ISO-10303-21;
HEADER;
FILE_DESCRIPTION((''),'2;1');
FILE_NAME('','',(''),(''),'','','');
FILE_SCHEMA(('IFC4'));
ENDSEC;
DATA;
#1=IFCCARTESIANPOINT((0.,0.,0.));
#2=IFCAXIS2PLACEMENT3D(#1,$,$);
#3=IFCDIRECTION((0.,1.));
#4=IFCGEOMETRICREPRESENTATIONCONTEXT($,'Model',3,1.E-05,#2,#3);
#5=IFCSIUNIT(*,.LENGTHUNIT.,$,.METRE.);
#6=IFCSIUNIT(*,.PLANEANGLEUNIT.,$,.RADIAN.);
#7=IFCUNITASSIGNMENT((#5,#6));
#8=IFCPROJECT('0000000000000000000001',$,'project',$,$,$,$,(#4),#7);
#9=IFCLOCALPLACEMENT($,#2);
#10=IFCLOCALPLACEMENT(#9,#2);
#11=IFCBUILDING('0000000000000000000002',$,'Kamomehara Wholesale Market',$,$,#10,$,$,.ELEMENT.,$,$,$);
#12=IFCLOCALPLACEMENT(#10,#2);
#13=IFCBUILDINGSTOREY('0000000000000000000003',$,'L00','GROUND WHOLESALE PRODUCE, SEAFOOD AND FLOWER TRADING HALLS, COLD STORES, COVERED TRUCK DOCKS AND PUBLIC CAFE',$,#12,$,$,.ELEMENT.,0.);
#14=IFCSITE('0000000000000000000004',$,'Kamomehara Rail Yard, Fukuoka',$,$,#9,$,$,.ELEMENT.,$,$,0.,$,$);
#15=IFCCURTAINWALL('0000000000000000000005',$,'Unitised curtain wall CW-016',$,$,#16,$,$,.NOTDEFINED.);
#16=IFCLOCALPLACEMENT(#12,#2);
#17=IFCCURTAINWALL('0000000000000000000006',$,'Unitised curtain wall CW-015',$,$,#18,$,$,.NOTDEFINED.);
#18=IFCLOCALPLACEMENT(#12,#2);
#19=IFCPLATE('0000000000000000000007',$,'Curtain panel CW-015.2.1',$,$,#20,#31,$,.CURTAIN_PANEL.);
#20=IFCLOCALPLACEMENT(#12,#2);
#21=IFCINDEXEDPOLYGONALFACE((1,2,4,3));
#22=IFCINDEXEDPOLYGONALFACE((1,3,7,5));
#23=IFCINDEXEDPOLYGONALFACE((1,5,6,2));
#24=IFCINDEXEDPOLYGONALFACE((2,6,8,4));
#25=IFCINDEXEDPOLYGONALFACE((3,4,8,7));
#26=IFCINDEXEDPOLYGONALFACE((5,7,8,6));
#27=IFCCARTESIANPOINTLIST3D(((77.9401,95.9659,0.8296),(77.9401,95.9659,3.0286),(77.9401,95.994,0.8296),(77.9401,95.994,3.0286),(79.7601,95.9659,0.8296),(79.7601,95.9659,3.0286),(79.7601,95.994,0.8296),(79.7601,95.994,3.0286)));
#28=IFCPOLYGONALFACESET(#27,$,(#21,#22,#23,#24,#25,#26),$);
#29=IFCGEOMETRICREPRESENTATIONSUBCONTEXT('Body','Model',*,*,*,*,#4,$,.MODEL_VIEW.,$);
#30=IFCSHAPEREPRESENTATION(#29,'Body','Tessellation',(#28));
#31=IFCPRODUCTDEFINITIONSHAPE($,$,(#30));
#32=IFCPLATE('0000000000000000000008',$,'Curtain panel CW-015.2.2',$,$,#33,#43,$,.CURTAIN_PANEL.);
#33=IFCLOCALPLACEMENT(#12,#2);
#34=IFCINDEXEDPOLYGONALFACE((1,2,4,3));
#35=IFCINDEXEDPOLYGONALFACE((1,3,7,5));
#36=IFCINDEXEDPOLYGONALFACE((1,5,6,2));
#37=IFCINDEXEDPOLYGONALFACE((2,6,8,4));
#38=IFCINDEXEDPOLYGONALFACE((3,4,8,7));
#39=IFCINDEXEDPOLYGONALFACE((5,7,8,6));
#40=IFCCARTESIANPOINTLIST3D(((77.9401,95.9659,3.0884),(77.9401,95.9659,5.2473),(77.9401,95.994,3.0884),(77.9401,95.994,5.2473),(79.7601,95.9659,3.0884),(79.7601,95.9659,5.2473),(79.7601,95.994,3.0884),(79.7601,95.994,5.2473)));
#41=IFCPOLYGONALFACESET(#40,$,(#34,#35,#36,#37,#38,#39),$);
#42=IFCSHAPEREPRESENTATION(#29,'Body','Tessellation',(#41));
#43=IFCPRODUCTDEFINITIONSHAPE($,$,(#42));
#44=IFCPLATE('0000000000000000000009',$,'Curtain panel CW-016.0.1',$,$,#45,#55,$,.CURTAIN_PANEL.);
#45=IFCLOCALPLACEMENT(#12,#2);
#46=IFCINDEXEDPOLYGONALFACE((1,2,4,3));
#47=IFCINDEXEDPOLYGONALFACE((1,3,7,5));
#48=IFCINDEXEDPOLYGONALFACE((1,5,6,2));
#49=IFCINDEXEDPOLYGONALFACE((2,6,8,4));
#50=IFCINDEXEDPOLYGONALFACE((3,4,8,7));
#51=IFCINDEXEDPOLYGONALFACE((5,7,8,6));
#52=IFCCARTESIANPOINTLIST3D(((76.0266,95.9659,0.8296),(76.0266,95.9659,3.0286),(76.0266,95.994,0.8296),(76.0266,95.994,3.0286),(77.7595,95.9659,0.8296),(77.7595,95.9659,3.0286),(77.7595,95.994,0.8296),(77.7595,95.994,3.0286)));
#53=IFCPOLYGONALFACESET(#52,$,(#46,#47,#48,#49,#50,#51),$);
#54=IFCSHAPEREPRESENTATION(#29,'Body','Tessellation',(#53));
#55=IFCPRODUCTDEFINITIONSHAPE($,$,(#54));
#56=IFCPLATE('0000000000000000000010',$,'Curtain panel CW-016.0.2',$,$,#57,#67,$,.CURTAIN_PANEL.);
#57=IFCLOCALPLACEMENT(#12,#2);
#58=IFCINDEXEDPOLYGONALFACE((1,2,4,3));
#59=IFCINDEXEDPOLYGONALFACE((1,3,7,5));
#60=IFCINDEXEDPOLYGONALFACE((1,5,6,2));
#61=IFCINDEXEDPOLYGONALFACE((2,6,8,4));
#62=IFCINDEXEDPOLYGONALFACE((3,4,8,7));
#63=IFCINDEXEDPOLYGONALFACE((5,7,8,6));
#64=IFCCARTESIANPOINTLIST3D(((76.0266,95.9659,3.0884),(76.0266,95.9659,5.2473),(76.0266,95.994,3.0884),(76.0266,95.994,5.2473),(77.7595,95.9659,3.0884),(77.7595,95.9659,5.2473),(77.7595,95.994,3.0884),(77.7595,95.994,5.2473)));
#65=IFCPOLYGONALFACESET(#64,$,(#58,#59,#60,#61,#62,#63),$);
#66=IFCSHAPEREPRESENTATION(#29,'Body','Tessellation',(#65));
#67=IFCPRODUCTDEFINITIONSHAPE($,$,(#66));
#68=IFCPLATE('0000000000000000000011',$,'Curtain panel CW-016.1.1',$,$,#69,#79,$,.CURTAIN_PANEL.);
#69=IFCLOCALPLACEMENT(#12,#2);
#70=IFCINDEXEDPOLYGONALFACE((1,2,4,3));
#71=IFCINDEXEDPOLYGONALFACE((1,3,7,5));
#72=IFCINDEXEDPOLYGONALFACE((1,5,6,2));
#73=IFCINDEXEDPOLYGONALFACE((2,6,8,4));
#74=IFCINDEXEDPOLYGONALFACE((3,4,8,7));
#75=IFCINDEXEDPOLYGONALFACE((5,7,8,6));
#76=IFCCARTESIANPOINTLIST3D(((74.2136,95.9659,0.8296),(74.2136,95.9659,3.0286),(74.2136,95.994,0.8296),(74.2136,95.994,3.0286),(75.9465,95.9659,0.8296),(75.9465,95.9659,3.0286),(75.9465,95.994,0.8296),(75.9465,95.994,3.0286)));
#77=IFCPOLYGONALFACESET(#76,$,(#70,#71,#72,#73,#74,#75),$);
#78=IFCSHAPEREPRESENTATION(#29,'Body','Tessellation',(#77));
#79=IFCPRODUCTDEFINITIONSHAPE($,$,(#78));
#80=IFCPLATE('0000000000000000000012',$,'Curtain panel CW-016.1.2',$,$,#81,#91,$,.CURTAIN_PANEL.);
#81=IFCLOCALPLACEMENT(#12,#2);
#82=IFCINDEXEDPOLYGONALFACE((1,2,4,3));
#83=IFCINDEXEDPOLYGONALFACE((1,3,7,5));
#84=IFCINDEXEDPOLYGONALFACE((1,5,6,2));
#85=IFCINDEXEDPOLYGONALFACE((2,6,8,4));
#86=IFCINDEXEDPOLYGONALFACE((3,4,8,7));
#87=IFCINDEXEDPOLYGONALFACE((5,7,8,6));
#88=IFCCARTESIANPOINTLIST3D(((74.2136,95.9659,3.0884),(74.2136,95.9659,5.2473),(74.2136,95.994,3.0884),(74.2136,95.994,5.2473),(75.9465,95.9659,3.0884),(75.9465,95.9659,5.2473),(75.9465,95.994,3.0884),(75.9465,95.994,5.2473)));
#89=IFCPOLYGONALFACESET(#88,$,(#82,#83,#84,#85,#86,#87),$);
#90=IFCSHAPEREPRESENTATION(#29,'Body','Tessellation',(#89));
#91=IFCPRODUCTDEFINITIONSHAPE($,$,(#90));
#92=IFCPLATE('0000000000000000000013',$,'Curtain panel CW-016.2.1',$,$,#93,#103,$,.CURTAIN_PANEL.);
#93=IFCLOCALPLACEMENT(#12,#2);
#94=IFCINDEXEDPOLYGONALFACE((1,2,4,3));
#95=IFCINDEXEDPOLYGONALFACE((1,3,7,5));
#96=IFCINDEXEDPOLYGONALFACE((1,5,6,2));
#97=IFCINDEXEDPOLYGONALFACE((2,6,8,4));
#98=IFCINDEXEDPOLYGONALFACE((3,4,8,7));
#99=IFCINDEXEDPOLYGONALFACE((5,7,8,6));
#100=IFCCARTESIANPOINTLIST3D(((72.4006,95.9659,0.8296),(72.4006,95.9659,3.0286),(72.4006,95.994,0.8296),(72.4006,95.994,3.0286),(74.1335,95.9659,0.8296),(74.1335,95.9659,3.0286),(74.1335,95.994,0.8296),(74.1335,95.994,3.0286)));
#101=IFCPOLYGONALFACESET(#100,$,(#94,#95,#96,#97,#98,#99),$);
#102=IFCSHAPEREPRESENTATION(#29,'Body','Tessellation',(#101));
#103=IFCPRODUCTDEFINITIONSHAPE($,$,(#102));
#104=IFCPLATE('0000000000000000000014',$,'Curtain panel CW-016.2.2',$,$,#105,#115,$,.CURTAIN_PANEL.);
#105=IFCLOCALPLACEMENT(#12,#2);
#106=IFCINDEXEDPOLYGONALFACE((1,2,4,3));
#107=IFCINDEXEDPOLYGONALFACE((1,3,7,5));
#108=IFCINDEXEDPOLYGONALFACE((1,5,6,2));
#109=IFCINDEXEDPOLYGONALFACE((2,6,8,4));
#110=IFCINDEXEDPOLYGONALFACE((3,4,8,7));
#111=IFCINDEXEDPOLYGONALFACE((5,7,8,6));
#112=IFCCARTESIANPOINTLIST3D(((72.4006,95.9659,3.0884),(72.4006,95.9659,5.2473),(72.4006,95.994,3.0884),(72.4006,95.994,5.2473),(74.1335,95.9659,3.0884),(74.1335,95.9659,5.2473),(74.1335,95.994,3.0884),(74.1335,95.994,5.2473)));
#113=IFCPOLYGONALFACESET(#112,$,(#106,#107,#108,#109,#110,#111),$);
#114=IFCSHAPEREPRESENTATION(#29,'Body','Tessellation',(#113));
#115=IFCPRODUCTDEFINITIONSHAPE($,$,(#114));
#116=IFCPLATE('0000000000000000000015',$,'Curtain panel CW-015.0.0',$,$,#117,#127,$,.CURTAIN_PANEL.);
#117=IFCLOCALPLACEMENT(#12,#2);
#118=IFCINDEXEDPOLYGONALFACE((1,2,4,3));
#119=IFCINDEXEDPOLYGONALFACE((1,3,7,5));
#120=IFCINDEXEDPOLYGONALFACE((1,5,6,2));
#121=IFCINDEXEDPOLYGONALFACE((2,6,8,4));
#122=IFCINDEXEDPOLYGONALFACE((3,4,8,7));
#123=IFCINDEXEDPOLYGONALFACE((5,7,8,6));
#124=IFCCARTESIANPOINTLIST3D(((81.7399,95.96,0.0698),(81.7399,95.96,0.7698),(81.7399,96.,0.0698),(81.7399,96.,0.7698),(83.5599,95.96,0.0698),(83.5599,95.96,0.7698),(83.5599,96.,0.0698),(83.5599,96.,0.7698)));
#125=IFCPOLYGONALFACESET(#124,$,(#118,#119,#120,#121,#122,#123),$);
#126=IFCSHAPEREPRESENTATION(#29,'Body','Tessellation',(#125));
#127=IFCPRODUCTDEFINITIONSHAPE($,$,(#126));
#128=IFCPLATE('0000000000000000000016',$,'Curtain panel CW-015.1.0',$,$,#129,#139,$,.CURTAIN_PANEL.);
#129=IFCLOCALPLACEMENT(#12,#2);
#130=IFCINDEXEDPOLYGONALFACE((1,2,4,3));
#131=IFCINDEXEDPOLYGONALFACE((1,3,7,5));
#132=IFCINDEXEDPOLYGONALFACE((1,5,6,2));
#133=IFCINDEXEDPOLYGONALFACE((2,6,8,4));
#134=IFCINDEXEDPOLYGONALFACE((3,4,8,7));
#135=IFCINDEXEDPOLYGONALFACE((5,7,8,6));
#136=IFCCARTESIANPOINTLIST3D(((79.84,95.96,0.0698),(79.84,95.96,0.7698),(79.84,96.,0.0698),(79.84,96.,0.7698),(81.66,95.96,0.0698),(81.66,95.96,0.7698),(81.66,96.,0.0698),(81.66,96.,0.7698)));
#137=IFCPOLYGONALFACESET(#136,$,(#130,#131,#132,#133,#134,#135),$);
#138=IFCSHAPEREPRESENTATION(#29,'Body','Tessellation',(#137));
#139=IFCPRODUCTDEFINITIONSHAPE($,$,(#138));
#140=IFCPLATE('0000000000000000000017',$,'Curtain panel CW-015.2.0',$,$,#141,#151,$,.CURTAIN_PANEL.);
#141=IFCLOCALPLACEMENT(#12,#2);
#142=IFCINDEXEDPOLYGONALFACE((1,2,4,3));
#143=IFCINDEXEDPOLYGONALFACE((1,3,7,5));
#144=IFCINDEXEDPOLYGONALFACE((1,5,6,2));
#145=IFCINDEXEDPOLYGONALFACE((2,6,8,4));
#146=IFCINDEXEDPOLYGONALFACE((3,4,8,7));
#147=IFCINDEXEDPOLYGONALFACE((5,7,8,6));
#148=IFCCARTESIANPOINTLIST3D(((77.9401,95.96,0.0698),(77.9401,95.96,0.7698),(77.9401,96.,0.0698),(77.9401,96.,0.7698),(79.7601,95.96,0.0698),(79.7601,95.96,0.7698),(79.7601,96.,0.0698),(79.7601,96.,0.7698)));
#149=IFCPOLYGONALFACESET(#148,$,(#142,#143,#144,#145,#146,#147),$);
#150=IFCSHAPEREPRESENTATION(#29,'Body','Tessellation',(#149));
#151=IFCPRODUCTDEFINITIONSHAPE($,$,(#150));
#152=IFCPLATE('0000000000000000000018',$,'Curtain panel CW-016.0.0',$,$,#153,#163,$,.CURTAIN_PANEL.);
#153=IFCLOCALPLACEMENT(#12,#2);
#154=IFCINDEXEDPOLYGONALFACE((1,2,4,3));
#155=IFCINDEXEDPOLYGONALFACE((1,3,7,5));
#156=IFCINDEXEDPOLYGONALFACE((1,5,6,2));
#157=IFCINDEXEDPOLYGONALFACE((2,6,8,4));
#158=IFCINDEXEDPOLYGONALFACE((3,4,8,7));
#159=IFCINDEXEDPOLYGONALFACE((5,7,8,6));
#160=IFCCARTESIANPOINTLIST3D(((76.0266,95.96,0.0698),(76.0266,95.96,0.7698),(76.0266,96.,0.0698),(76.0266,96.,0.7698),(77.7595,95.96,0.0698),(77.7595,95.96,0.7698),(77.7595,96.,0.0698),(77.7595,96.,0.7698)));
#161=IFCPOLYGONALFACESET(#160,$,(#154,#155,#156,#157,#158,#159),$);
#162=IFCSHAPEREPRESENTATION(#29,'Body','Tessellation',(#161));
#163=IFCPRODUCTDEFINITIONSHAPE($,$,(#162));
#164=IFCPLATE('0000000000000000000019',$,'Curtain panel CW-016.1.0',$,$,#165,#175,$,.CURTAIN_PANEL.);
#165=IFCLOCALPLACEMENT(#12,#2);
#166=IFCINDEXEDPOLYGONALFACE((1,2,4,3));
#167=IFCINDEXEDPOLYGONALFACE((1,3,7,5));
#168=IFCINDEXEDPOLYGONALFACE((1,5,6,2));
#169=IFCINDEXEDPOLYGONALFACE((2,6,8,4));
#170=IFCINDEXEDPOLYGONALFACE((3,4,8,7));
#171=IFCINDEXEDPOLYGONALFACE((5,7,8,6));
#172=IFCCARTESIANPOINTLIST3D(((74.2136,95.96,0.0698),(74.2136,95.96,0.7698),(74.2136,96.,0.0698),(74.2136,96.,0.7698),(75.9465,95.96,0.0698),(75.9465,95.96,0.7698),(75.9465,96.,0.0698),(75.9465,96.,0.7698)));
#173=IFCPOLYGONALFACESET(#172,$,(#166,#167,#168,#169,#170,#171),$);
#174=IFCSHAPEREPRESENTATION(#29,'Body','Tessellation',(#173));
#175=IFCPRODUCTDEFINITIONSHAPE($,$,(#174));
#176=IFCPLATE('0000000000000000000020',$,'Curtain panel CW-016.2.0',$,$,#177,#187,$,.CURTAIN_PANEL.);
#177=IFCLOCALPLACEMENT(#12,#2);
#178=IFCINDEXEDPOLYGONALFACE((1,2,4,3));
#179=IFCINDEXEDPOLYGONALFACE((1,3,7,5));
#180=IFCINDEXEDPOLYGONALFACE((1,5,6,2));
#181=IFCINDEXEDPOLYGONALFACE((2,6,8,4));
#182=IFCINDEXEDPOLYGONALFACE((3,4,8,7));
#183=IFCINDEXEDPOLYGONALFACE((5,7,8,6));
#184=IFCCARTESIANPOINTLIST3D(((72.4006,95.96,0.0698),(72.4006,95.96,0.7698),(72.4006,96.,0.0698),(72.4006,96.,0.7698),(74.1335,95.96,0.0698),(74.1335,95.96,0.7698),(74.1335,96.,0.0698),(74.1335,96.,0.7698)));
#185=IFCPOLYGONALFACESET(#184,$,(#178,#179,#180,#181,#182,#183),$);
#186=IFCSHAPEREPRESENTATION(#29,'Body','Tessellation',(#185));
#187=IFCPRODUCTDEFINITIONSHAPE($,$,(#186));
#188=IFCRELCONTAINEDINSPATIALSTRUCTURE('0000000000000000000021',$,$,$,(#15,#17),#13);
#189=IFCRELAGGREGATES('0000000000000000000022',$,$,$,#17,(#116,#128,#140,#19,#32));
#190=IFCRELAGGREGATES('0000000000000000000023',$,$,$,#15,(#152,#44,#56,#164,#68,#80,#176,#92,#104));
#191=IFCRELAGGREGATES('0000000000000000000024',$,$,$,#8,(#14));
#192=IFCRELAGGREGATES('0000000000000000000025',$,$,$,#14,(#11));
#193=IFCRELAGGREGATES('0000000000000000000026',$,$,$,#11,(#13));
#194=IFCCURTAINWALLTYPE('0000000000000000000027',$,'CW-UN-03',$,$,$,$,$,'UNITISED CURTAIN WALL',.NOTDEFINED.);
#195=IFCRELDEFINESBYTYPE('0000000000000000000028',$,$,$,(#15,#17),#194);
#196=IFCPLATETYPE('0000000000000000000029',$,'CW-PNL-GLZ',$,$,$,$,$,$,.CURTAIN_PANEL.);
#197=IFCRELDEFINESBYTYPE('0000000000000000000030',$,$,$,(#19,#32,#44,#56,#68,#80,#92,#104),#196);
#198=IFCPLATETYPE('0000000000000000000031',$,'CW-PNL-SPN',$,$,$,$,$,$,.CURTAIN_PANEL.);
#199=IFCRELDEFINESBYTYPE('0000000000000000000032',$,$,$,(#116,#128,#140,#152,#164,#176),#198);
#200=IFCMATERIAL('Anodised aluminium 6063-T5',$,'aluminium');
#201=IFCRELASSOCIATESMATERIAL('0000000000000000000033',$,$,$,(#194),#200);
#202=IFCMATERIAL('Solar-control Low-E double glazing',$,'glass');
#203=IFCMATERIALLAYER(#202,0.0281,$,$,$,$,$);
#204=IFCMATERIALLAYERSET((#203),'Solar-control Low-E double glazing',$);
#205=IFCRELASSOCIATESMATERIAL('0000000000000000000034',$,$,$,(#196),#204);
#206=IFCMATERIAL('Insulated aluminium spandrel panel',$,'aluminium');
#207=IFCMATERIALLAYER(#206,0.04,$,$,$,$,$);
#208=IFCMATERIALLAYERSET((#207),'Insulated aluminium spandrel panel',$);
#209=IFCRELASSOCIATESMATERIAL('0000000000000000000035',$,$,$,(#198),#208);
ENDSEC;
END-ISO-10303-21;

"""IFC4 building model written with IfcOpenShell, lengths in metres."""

from ifc_helpers import new_model, si_unit, direction, frame, origin, origin_2d, place, context, subcontext, project, spatial, rectangle, extrude, material, layer, layer_set, type_object, element, aggregate, save


model = new_model("IFC4")

# Units and contexts
model_context = context("Model", 3, precision=1e-05, world=origin(), true_north=direction((0.0, 1.0)))
body_context = subcontext(model_context, "Body", "Model", "MODEL_VIEW")
ifc_project = project(units=[si_unit("LENGTHUNIT", "METRE"), si_unit("PLANEANGLEUNIT", "RADIAN")], contexts=[model_context])

# Site, building, storey
site_placement = place(None, origin())
site = spatial("IfcSite", under=ifc_project, at=site_placement, Name="Kamomehara Rail Yard, Fukuoka", CompositionType="ELEMENT", RefElevation=0.0)
building_placement = place(site_placement, origin())
building = spatial("IfcBuilding", under=site, at=building_placement, Name="Kamomehara Wholesale Market", CompositionType="ELEMENT")
storey_placement = place(building_placement, origin())
storey = spatial("IfcBuildingStorey", under=building, at=storey_placement, Name="L00", Description="GROUND WHOLESALE PRODUCE, SEAFOOD AND FLOWER TRADING HALLS, COLD STORES, COVERED TRUCK DOCKS AND PUBLIC CAFE", CompositionType="ELEMENT", Elevation=0.0)

# Curtain wall
ifc_material_1 = material(Name="Anodised aluminium 6063-T5", Category="aluminium")
curtain_wall_type = type_object("IfcCurtainWallType", Name="CW-UN-03", ElementType="UNITISED CURTAIN WALL", PredefinedType="NOTDEFINED", material=ifc_material_1)
curtain_wall_1_placement = place(storey_placement, origin())
curtain_wall_1 = element("IfcCurtainWall", 1, at=curtain_wall_1_placement, inside=storey, type_object=curtain_wall_type, Name="Unitised curtain wall CW-016", PredefinedType="NOTDEFINED")

# Curtain wall, plates
curtain_wall_2_placement = place(storey_placement, origin())
curtain_wall_2 = element("IfcCurtainWall", 2, at=curtain_wall_2_placement, inside=storey, type_object=curtain_wall_type, Name="Unitised curtain wall CW-015", PredefinedType="NOTDEFINED")
ifc_material_2 = material(Name="Solar-control Low-E double glazing", Category="glass")
ifc_layer_1 = layer(ifc_material_2, 0.0281)
ifc_layer_set_1 = layer_set([ifc_layer_1], Name="Solar-control Low-E double glazing")
plate_type_1 = type_object("IfcPlateType", Name="CW-PNL-GLZ", PredefinedType="CURTAIN_PANEL", material=ifc_layer_set_1)
plate_1_placement = place(storey_placement, frame((78.8501, 95.98, 0.8296), z_axis=(0.0, 0.0, 1.0), x_axis=(-1.0, 0.0, 0.0)))
plate_1 = element("IfcPlate", 3, at=plate_1_placement, type_object=plate_type_1, Name="Curtain panel CW-015.2.1", PredefinedType="CURTAIN_PANEL", context=body_context, shape_type="SweptSolid", body=[
    extrude(rectangle(XDim=1.8201, YDim=0.0281, at=origin_2d()), origin(), (0.0, 0.0, 1.0), 2.199),
])
plate_2_placement = place(storey_placement, frame((78.8501, 95.98, 3.0884), z_axis=(0.0, 0.0, 1.0), x_axis=(-1.0, 0.0, 0.0)))
plate_2 = element("IfcPlate", 4, at=plate_2_placement, type_object=plate_type_1, Name="Curtain panel CW-015.2.2", PredefinedType="CURTAIN_PANEL", context=body_context, shape_type="SweptSolid", body=[
    extrude(rectangle(XDim=1.8201, YDim=0.0281, at=origin_2d()), origin(), (0.0, 0.0, 1.0), 2.1589),
])

# Plates
plate_3_placement = place(storey_placement, frame((76.8931, 95.98, 0.8296), z_axis=(0.0, 0.0, 1.0), x_axis=(-1.0, 0.0, 0.0)))
plate_3 = element("IfcPlate", 5, at=plate_3_placement, type_object=plate_type_1, Name="Curtain panel CW-016.0.1", PredefinedType="CURTAIN_PANEL", context=body_context, shape_type="SweptSolid", body=[
    extrude(rectangle(XDim=1.7329, YDim=0.0281, at=origin_2d()), origin(), (0.0, 0.0, 1.0), 2.199),
])
plate_4_placement = place(storey_placement, frame((76.8931, 95.98, 3.0884), z_axis=(0.0, 0.0, 1.0), x_axis=(-1.0, 0.0, 0.0)))
plate_4 = element("IfcPlate", 6, at=plate_4_placement, type_object=plate_type_1, Name="Curtain panel CW-016.0.2", PredefinedType="CURTAIN_PANEL", context=body_context, shape_type="SweptSolid", body=[
    extrude(rectangle(XDim=1.7329, YDim=0.0281, at=origin_2d()), origin(), (0.0, 0.0, 1.0), 2.1589),
])
plate_5_placement = place(storey_placement, frame((75.0801, 95.98, 0.8296), z_axis=(0.0, 0.0, 1.0), x_axis=(-1.0, 0.0, 0.0)))
plate_5 = element("IfcPlate", 7, at=plate_5_placement, type_object=plate_type_1, Name="Curtain panel CW-016.1.1", PredefinedType="CURTAIN_PANEL", context=body_context, shape_type="SweptSolid", body=[
    extrude(rectangle(XDim=1.7329, YDim=0.0281, at=origin_2d()), origin(), (0.0, 0.0, 1.0), 2.199),
])
plate_6_placement = place(storey_placement, frame((75.0801, 95.98, 3.0884), z_axis=(0.0, 0.0, 1.0), x_axis=(-1.0, 0.0, 0.0)))
plate_6 = element("IfcPlate", 8, at=plate_6_placement, type_object=plate_type_1, Name="Curtain panel CW-016.1.2", PredefinedType="CURTAIN_PANEL", context=body_context, shape_type="SweptSolid", body=[
    extrude(rectangle(XDim=1.7329, YDim=0.0281, at=origin_2d()), origin(), (0.0, 0.0, 1.0), 2.1589),
])
plate_7_placement = place(storey_placement, frame((73.2671, 95.98, 0.8296), z_axis=(0.0, 0.0, 1.0), x_axis=(-1.0, 0.0, 0.0)))
plate_7 = element("IfcPlate", 9, at=plate_7_placement, type_object=plate_type_1, Name="Curtain panel CW-016.2.1", PredefinedType="CURTAIN_PANEL", context=body_context, shape_type="SweptSolid", body=[
    extrude(rectangle(XDim=1.7329, YDim=0.0281, at=origin_2d()), origin(), (0.0, 0.0, 1.0), 2.199),
])
plate_8_placement = place(storey_placement, frame((73.2671, 95.98, 3.0884), z_axis=(0.0, 0.0, 1.0), x_axis=(-1.0, 0.0, 0.0)))
plate_8 = element("IfcPlate", 10, at=plate_8_placement, type_object=plate_type_1, Name="Curtain panel CW-016.2.2", PredefinedType="CURTAIN_PANEL", context=body_context, shape_type="SweptSolid", body=[
    extrude(rectangle(XDim=1.7329, YDim=0.0281, at=origin_2d()), origin(), (0.0, 0.0, 1.0), 2.1589),
])
ifc_material_3 = material(Name="Insulated aluminium spandrel panel", Category="aluminium")
ifc_layer_2 = layer(ifc_material_3, 0.04)
ifc_layer_set_2 = layer_set([ifc_layer_2], Name="Insulated aluminium spandrel panel")
plate_type_2 = type_object("IfcPlateType", Name="CW-PNL-SPN", PredefinedType="CURTAIN_PANEL", material=ifc_layer_set_2)
plate_9_placement = place(storey_placement, frame((82.6499, 95.98, 0.0698), z_axis=(0.0, 0.0, 1.0), x_axis=(-1.0, 0.0, 0.0)))
plate_9 = element("IfcPlate", 11, at=plate_9_placement, type_object=plate_type_2, Name="Curtain panel CW-015.0.0", PredefinedType="CURTAIN_PANEL", context=body_context, shape_type="SweptSolid", body=[
    extrude(rectangle(XDim=1.8201, YDim=0.04, at=origin_2d()), origin(), (0.0, 0.0, 1.0), 0.7),
])
plate_10_placement = place(storey_placement, frame((80.75, 95.98, 0.0698), z_axis=(0.0, 0.0, 1.0), x_axis=(-1.0, 0.0, 0.0)))
plate_10 = element("IfcPlate", 12, at=plate_10_placement, type_object=plate_type_2, Name="Curtain panel CW-015.1.0", PredefinedType="CURTAIN_PANEL", context=body_context, shape_type="SweptSolid", body=[
    extrude(rectangle(XDim=1.8201, YDim=0.04, at=origin_2d()), origin(), (0.0, 0.0, 1.0), 0.7),
])
plate_11_placement = place(storey_placement, frame((78.8501, 95.98, 0.0698), z_axis=(0.0, 0.0, 1.0), x_axis=(-1.0, 0.0, 0.0)))
plate_11 = element("IfcPlate", 13, at=plate_11_placement, type_object=plate_type_2, Name="Curtain panel CW-015.2.0", PredefinedType="CURTAIN_PANEL", context=body_context, shape_type="SweptSolid", body=[
    extrude(rectangle(XDim=1.8201, YDim=0.04, at=origin_2d()), origin(), (0.0, 0.0, 1.0), 0.7),
])
aggregate(curtain_wall_2, [plate_9, plate_10, plate_11, plate_1, plate_2])
plate_12_placement = place(storey_placement, frame((76.8931, 95.98, 0.0698), z_axis=(0.0, 0.0, 1.0), x_axis=(-1.0, 0.0, 0.0)))
plate_12 = element("IfcPlate", 14, at=plate_12_placement, type_object=plate_type_2, Name="Curtain panel CW-016.0.0", PredefinedType="CURTAIN_PANEL", context=body_context, shape_type="SweptSolid", body=[
    extrude(rectangle(XDim=1.7329, YDim=0.04, at=origin_2d()), origin(), (0.0, 0.0, 1.0), 0.7),
])
plate_13_placement = place(storey_placement, frame((75.0801, 95.98, 0.0698), z_axis=(0.0, 0.0, 1.0), x_axis=(-1.0, 0.0, 0.0)))
plate_13 = element("IfcPlate", 15, at=plate_13_placement, type_object=plate_type_2, Name="Curtain panel CW-016.1.0", PredefinedType="CURTAIN_PANEL", context=body_context, shape_type="SweptSolid", body=[
    extrude(rectangle(XDim=1.7329, YDim=0.04, at=origin_2d()), origin(), (0.0, 0.0, 1.0), 0.7),
])
plate_14_placement = place(storey_placement, frame((73.2671, 95.98, 0.0698), z_axis=(0.0, 0.0, 1.0), x_axis=(-1.0, 0.0, 0.0)))
plate_14 = element("IfcPlate", 16, at=plate_14_placement, type_object=plate_type_2, Name="Curtain panel CW-016.2.0", PredefinedType="CURTAIN_PANEL", context=body_context, shape_type="SweptSolid", body=[
    extrude(rectangle(XDim=1.7329, YDim=0.04, at=origin_2d()), origin(), (0.0, 0.0, 1.0), 0.7),
])
aggregate(curtain_wall_1, [plate_12, plate_3, plate_4, plate_13, plate_5, plate_6, plate_14, plate_7, plate_8])

save(model, "model.ifc")
